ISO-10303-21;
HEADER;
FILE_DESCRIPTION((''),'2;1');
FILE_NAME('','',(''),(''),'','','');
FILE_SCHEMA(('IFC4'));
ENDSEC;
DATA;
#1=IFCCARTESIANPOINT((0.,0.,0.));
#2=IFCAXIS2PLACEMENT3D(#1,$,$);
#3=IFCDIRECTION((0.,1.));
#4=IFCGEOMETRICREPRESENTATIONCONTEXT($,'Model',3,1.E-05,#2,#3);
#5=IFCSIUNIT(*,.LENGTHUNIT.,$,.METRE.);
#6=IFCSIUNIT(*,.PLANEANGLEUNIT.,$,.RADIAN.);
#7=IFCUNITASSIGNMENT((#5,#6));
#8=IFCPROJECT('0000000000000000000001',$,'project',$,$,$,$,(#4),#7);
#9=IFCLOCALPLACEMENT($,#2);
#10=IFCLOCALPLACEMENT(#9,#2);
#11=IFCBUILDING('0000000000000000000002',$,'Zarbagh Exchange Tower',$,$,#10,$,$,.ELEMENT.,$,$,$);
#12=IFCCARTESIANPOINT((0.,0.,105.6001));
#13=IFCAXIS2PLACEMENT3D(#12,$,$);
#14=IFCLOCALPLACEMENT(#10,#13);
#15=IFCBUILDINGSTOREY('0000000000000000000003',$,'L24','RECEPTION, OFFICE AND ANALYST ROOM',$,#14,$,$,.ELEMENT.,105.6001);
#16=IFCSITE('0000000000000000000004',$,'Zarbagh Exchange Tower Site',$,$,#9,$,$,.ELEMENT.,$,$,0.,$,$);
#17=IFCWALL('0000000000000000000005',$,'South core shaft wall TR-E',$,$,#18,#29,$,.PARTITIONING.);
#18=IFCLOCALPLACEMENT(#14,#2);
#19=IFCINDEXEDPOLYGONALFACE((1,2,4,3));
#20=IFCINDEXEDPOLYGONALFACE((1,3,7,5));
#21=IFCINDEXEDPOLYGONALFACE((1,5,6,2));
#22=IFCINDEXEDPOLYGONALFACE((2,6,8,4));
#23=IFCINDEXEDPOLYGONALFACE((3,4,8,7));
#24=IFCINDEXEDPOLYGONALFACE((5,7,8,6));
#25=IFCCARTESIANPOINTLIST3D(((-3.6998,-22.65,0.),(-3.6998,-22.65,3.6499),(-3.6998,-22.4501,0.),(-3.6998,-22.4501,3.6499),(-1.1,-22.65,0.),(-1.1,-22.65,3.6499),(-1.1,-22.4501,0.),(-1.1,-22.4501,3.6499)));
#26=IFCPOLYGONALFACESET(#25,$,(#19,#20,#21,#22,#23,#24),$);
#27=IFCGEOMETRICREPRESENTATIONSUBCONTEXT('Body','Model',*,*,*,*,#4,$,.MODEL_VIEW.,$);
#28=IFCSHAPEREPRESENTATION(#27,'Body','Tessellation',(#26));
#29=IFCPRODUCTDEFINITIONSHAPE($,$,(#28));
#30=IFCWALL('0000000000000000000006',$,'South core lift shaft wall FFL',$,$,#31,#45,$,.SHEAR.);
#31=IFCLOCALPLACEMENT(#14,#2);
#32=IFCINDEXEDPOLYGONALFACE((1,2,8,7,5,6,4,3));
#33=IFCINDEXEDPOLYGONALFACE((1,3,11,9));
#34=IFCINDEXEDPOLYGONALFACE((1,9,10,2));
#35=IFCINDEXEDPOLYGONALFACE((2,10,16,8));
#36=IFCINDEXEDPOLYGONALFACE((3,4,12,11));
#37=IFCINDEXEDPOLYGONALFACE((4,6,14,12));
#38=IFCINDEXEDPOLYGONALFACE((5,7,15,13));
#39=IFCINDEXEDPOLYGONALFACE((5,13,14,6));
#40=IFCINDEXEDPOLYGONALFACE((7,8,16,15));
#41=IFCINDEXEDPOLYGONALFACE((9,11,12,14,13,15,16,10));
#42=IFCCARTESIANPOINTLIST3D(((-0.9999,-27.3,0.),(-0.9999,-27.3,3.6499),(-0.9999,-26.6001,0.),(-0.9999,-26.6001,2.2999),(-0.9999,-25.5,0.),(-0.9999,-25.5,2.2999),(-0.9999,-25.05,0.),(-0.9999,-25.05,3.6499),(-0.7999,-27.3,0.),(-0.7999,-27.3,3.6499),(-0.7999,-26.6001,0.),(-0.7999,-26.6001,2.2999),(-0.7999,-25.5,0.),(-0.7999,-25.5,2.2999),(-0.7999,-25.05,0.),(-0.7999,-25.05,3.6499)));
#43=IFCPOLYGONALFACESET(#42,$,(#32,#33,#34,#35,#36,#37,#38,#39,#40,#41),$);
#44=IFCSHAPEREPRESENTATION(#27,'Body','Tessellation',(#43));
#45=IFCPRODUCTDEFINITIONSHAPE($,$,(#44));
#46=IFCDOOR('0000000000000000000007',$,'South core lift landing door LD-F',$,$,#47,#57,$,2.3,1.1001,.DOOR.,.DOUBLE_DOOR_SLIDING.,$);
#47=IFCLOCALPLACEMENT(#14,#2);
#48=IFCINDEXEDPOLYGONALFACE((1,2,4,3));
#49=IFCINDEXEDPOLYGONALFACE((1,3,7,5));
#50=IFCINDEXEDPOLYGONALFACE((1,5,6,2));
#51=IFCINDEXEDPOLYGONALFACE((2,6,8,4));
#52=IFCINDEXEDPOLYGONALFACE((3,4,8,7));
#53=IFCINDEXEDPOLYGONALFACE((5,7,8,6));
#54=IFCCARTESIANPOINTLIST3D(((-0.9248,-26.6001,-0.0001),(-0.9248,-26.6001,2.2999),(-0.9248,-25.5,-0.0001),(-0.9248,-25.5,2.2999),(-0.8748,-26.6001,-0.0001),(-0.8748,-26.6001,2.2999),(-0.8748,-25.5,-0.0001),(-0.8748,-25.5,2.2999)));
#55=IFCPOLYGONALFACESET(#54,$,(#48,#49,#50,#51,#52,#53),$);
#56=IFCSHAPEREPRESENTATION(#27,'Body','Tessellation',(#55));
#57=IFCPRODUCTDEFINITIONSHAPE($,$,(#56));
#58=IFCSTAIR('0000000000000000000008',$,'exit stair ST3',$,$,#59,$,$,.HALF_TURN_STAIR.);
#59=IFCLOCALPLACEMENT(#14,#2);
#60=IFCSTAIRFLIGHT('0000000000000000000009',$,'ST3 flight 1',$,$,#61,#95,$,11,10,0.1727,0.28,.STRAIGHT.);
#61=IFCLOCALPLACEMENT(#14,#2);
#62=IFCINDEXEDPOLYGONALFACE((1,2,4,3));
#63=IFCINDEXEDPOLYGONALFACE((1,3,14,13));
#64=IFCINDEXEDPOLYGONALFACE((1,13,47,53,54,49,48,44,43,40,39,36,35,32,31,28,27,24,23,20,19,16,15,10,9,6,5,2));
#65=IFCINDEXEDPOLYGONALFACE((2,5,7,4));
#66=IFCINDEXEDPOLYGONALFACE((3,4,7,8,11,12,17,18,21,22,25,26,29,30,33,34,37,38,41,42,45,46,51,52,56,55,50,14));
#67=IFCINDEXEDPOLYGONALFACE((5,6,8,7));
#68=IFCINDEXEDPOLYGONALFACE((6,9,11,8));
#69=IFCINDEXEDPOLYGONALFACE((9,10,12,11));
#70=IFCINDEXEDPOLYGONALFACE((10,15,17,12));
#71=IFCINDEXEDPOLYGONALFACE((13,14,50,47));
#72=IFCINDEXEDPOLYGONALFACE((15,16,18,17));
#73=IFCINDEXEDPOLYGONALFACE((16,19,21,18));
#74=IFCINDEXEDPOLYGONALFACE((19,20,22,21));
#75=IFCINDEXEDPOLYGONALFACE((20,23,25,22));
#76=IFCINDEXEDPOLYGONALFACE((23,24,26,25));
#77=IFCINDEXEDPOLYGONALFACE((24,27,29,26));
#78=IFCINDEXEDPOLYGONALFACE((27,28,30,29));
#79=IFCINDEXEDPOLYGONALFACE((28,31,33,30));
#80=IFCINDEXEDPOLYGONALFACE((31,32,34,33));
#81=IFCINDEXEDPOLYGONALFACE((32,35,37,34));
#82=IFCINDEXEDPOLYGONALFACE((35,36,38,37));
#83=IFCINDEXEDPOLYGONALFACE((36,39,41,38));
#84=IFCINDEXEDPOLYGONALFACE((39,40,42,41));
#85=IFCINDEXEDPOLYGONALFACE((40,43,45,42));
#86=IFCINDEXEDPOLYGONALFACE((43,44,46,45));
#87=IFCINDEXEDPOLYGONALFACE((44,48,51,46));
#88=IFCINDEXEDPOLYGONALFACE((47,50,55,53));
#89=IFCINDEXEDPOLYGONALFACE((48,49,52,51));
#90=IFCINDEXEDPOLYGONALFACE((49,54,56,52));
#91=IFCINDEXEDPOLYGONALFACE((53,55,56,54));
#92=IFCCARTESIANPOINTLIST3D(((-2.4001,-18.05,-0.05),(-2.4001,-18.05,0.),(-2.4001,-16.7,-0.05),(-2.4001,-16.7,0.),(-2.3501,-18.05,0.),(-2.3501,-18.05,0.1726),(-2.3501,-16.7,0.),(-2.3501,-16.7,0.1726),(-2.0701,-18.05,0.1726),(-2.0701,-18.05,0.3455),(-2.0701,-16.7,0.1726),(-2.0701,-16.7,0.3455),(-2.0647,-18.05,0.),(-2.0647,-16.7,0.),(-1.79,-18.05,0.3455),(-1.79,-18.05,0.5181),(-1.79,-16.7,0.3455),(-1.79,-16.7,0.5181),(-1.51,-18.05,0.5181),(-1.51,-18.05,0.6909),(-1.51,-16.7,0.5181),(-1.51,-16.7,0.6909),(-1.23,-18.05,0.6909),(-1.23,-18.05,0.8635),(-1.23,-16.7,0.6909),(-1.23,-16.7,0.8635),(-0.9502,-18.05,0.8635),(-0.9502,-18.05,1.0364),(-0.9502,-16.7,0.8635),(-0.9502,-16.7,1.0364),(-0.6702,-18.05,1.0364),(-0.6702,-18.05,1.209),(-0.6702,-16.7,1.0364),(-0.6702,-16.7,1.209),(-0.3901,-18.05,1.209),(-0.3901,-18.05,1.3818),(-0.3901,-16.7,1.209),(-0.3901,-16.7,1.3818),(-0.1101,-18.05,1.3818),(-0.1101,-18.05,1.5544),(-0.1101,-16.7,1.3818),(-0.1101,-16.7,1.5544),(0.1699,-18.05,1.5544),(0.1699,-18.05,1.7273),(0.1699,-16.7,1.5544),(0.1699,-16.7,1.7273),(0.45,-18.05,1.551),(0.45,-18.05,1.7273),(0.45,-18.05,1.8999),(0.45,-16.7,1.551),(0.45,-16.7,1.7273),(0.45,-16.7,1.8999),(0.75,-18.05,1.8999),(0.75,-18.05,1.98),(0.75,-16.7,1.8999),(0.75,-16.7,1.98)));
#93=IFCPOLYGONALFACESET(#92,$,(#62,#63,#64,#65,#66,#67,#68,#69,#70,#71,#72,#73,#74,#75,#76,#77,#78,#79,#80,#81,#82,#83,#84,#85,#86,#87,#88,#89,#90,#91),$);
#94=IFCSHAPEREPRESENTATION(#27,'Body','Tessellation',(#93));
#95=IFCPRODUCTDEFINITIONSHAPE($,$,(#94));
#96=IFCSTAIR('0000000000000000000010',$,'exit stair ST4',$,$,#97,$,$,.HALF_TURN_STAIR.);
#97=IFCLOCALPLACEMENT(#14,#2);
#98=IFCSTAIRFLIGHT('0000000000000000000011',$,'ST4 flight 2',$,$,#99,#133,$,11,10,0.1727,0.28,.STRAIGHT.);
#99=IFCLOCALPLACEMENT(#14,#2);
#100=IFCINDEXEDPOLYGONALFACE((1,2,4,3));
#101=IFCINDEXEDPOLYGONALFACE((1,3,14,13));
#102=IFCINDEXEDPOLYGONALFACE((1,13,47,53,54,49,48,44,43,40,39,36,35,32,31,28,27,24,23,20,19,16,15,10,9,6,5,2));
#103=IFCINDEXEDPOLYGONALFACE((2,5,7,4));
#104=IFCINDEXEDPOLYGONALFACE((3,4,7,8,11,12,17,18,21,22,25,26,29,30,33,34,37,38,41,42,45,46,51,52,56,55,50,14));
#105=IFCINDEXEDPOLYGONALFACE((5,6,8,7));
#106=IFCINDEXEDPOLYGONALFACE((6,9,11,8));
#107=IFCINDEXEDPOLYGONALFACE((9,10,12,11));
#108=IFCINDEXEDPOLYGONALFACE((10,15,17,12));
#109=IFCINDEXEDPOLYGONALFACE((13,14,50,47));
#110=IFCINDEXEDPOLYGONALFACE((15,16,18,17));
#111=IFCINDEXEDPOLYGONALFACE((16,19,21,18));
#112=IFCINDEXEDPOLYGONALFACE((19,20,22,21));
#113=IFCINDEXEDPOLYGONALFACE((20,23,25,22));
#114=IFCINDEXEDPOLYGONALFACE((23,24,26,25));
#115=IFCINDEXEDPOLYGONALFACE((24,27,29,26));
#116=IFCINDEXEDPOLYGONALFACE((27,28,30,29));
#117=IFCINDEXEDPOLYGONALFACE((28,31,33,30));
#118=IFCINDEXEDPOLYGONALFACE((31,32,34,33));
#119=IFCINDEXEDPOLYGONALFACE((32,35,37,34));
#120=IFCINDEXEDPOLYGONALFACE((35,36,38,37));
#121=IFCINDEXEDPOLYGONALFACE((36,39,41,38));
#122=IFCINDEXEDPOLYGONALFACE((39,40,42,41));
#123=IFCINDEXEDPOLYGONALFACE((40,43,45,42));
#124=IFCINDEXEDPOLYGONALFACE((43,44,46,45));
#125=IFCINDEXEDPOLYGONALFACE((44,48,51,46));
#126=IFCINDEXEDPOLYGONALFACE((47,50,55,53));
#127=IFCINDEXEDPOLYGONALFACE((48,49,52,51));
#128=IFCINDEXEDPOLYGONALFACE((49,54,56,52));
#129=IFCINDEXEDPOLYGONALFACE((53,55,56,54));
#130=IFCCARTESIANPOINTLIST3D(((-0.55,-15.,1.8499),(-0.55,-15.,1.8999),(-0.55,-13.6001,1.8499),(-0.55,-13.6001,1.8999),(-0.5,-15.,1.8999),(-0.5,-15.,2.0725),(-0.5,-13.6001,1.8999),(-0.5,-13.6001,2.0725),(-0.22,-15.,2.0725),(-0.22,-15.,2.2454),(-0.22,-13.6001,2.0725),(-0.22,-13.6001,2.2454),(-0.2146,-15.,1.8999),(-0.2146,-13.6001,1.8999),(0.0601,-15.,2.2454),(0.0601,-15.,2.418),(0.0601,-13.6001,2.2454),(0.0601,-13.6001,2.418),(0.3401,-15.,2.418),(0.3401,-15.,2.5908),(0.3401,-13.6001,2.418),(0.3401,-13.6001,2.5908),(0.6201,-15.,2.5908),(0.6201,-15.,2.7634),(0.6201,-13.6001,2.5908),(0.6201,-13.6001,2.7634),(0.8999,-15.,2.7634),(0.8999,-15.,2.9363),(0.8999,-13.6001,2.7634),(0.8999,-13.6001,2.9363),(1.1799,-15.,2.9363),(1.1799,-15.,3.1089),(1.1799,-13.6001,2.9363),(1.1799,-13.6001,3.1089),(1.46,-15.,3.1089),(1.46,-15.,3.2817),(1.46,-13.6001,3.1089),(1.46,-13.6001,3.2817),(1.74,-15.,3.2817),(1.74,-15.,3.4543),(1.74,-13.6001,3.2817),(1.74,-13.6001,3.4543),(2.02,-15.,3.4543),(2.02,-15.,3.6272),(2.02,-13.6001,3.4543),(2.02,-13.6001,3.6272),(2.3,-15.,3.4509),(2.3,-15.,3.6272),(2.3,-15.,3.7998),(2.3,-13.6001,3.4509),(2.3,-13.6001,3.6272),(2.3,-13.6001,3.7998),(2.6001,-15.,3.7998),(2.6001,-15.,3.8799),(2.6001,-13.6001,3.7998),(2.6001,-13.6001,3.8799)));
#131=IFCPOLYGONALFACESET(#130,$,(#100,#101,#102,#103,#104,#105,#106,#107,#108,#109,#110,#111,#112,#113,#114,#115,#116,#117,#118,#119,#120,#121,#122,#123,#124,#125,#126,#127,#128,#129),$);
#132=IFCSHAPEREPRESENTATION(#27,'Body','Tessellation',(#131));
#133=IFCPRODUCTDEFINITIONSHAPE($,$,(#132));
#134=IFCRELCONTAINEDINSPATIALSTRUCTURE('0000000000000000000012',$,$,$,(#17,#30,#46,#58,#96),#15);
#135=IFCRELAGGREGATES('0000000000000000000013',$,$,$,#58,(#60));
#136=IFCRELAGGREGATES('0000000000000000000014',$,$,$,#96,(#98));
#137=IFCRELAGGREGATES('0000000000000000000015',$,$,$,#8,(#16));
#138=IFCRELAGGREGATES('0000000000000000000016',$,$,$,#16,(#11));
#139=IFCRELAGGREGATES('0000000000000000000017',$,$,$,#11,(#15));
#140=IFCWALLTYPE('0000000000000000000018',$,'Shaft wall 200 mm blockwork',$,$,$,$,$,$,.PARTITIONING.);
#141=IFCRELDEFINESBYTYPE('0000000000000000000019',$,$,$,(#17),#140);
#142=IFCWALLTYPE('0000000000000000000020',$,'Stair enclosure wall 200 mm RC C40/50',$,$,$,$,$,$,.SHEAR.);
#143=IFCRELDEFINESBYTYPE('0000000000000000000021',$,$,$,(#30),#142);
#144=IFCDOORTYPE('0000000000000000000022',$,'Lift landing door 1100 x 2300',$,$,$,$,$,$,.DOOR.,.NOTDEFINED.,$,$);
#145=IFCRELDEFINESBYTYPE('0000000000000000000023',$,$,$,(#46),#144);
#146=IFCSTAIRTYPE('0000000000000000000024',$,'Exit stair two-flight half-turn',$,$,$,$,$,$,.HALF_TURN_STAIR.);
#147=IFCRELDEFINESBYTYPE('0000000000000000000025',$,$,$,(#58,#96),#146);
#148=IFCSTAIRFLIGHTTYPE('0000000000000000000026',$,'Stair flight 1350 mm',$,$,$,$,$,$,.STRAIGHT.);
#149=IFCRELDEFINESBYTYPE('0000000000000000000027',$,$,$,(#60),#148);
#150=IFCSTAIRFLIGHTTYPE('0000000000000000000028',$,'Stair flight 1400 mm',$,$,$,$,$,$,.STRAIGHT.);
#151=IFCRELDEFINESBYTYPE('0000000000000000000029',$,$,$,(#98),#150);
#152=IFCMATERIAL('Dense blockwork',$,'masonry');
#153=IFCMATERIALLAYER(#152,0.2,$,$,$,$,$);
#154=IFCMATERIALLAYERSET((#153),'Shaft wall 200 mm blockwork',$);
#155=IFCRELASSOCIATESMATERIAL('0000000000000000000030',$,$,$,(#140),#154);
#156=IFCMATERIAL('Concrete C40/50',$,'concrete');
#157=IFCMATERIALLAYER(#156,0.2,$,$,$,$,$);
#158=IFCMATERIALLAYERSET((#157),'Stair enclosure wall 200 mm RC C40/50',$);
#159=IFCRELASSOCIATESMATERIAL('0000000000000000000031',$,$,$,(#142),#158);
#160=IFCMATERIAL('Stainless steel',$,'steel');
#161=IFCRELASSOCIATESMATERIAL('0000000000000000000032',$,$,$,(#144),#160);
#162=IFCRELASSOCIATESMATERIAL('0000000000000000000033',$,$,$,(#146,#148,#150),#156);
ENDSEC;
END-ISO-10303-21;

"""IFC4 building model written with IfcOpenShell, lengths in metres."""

from ifc_helpers import new_model, si_unit, direction, frame, frame_2d, origin, place, context, subcontext, project, spatial, polyline, rectangle, outline, extrude, material, layer, layer_set, type_object, element, fill, aggregate, save


model = new_model("IFC4")

# Units and contexts
model_context = context("Model", 3, precision=1e-05, world=origin(), true_north=direction((0.0, 1.0)))
body_context = subcontext(model_context, "Body", "Model", "MODEL_VIEW")
ifc_project = project(units=[si_unit("LENGTHUNIT", "METRE"), si_unit("PLANEANGLEUNIT", "RADIAN")], contexts=[model_context])

# Site, building, storey
site_placement = place(None, origin())
site = spatial("IfcSite", under=ifc_project, at=site_placement, Name="Zarbagh Exchange Tower Site", CompositionType="ELEMENT", RefElevation=0.0)
building_placement = place(site_placement, origin())
building = spatial("IfcBuilding", under=site, at=building_placement, Name="Zarbagh Exchange Tower", CompositionType="ELEMENT")
storey_placement = place(building_placement, frame((0.0, 0.0, 105.6001)))
storey = spatial("IfcBuildingStorey", under=building, at=storey_placement, Name="L24", Description="RECEPTION, OFFICE AND ANALYST ROOM", CompositionType="ELEMENT", Elevation=105.6001)

# Shared definitions
ifc_material_1 = material(Name="Concrete C40/50", Category="concrete")

# Wall
ifc_material_2 = material(Name="Dense blockwork", Category="masonry")
ifc_layer_1 = layer(ifc_material_2, 0.2)
ifc_layer_set_1 = layer_set([ifc_layer_1], Name="Shaft wall 200 mm blockwork")
wall_type_1 = type_object("IfcWallType", Name="Shaft wall 200 mm blockwork", PredefinedType="PARTITIONING", material=ifc_layer_set_1)
wall_1_placement = place(storey_placement, frame((-1.1001, -22.55, 0.0), z_axis=(0.0, 0.0, 1.0), x_axis=(-1.0, 0.0, 0.0)))
element("IfcWall", 1, at=wall_1_placement, inside=storey, type_object=wall_type_1, Name="South core shaft wall TR-E", PredefinedType="PARTITIONING", context=body_context, shape_type="SweptSolid", body=[
    extrude(rectangle(XDim=2.5999, YDim=0.2, at=frame_2d((1.2998, 0.0))), origin(), (0.0, 0.0, 1.0), 3.6499),
])

# Wall, opening, door
ifc_layer_2 = layer(ifc_material_1, 0.2)
ifc_layer_set_2 = layer_set([ifc_layer_2], Name="Stair enclosure wall 200 mm RC C40/50")
wall_type_2 = type_object("IfcWallType", Name="Stair enclosure wall 200 mm RC C40/50", PredefinedType="SHEAR", material=ifc_layer_set_2)
wall_2_placement = place(storey_placement, frame((-0.8999, -27.3, 0.0), z_axis=(0.0, 0.0, 1.0), x_axis=(0.0, 1.0, 0.0)))
wall_2 = element("IfcWall", 2, at=wall_2_placement, inside=storey, type_object=wall_type_2, Name="South core lift shaft wall FFL", PredefinedType="SHEAR", context=body_context, shape_type="SweptSolid", body=[
    extrude(rectangle(XDim=2.25, YDim=0.2, at=frame_2d((1.125, 0.0))), origin(), (0.0, 0.0, 1.0), 3.6499),
])
opening_1_placement = place(wall_2_placement, frame((0.7, 0.0, 0.0)))
opening_1 = element("IfcOpeningElement", 3, at=opening_1_placement, cuts=wall_2, PredefinedType="OPENING", context=body_context, shape_type="SweptSolid", body=[
    extrude(rectangle(XDim=1.1001, YDim=2.3, at=frame_2d((0.55, 1.1499))), frame((0.0, 0.1099, 0.0), z_axis=(0.0, -1.0, 0.0), x_axis=(1.0, 0.0, 0.0)), (0.0, 0.0, 1.0), 0.22),
])
ifc_material_3 = material(Name="Stainless steel", Category="steel")
door_type_1 = type_object("IfcDoorType", Name="Lift landing door 1100 x 2300", OperationType="NOTDEFINED", PredefinedType="DOOR", material=ifc_material_3)
door_1_placement = place(opening_1_placement, origin())
door_1 = element("IfcDoor", 4, at=door_1_placement, inside=storey, type_object=door_type_1, Name="South core lift landing door LD-F", OperationType="DOUBLE_DOOR_SLIDING", OverallHeight=2.3, OverallWidth=1.1001, PredefinedType="DOOR", context=body_context, shape_type="SweptSolid", body=[
    extrude(rectangle(XDim=1.1001, YDim=2.3, at=frame_2d((0.55, 1.1499))), frame((0.0, 0.0249, 0.0), z_axis=(0.0, -1.0, 0.0), x_axis=(1.0, 0.0, 0.0)), (0.0, 0.0, 1.0), 0.05),
])
fill(opening_1, door_1)

# Stairs, stair flights
stair_type = type_object("IfcStairType", Name="Exit stair two-flight half-turn", PredefinedType="HALF_TURN_STAIR", material=ifc_material_1)
stair_1_placement = place(storey_placement, origin())
stair_1 = element("IfcStair", 5, at=stair_1_placement, inside=storey, type_object=stair_type, Name="exit stair ST3", PredefinedType="HALF_TURN_STAIR")
stair_flight_type_1 = type_object("IfcStairFlightType", Name="Stair flight 1350 mm", PredefinedType="STRAIGHT", material=ifc_material_1)
stair_flight_1_placement = place(storey_placement, frame((-2.3501, -17.375, 0.0), z_axis=(0.0, 0.0, 1.0), x_axis=(1.0, 0.0, 0.0)))
stair_flight_1 = element("IfcStairFlight", 6, at=stair_flight_1_placement, type_object=stair_flight_type_1, Name="ST3 flight 1", NumberOfRisers=11, NumberOfTreads=10, PredefinedType="STRAIGHT", RiserHeight=0.1727, TreadLength=0.28, context=body_context, shape_type="SweptSolid", body=[
    extrude(outline(polyline([(-0.05, -0.05), (-0.05, 0.0), (0.0, 0.0), (0.0, 0.1726), (0.28, 0.1726), (0.28, 0.3455), (0.5601, 0.3455), (0.5601, 0.5181), (0.8401, 0.5181), (0.8401, 0.6909), (1.1201, 0.6909), (1.1201, 0.8635), (1.3999, 0.8635), (1.3999, 1.0364), (1.6799, 1.0364), (1.6799, 1.209), (1.96, 1.209), (1.96, 1.3818), (2.24, 1.3818), (2.24, 1.5544), (2.52, 1.5544), (2.52, 1.7273), (2.8, 1.7273), (2.8, 1.8999), (3.1001, 1.98), (3.1001, 1.8999), (2.8, 1.551), (0.2854, 0.0), (-0.05, -0.05)])), frame((0.0, 0.675, 0.0), z_axis=(0.0, -1.0, 0.0), x_axis=(1.0, 0.0, 0.0)), (0.0, 0.0, 1.0), 1.3501),
])
aggregate(stair_1, [stair_flight_1])
stair_2_placement = place(storey_placement, origin())
stair_2 = element("IfcStair", 7, at=stair_2_placement, inside=storey, type_object=stair_type, Name="exit stair ST4", PredefinedType="HALF_TURN_STAIR")
stair_flight_type_2 = type_object("IfcStairFlightType", Name="Stair flight 1400 mm", PredefinedType="STRAIGHT", material=ifc_material_1)
stair_flight_2_placement = place(storey_placement, frame((-0.5, -14.3, 1.8999), z_axis=(0.0, 0.0, 1.0), x_axis=(1.0, 0.0, 0.0)))
stair_flight_2 = element("IfcStairFlight", 8, at=stair_flight_2_placement, type_object=stair_flight_type_2, Name="ST4 flight 2", NumberOfRisers=11, NumberOfTreads=10, PredefinedType="STRAIGHT", RiserHeight=0.1727, TreadLength=0.28, context=body_context, shape_type="SweptSolid", body=[
    extrude(outline(polyline([(-0.05, -0.05), (-0.05, 0.0), (0.0, 0.0), (0.0, 0.1726), (0.28, 0.1726), (0.28, 0.3455), (0.5601, 0.3455), (0.5601, 0.5181), (0.8401, 0.5181), (0.8401, 0.6909), (1.1201, 0.6909), (1.1201, 0.8635), (1.3999, 0.8635), (1.3999, 1.0364), (1.6799, 1.0364), (1.6799, 1.209), (1.96, 1.209), (1.96, 1.3818), (2.24, 1.3818), (2.24, 1.5544), (2.52, 1.5544), (2.52, 1.7273), (2.8, 1.7273), (2.8, 1.8999), (3.1001, 1.98), (3.1001, 1.8999), (2.8, 1.551), (0.2854, 0.0), (-0.05, -0.05)])), frame((0.0, 0.7, 0.0), z_axis=(0.0, -1.0, 0.0), x_axis=(1.0, 0.0, 0.0)), (0.0, 0.0, 1.0), 1.3999),
])
aggregate(stair_2, [stair_flight_2])

save(model, "model.ifc")
